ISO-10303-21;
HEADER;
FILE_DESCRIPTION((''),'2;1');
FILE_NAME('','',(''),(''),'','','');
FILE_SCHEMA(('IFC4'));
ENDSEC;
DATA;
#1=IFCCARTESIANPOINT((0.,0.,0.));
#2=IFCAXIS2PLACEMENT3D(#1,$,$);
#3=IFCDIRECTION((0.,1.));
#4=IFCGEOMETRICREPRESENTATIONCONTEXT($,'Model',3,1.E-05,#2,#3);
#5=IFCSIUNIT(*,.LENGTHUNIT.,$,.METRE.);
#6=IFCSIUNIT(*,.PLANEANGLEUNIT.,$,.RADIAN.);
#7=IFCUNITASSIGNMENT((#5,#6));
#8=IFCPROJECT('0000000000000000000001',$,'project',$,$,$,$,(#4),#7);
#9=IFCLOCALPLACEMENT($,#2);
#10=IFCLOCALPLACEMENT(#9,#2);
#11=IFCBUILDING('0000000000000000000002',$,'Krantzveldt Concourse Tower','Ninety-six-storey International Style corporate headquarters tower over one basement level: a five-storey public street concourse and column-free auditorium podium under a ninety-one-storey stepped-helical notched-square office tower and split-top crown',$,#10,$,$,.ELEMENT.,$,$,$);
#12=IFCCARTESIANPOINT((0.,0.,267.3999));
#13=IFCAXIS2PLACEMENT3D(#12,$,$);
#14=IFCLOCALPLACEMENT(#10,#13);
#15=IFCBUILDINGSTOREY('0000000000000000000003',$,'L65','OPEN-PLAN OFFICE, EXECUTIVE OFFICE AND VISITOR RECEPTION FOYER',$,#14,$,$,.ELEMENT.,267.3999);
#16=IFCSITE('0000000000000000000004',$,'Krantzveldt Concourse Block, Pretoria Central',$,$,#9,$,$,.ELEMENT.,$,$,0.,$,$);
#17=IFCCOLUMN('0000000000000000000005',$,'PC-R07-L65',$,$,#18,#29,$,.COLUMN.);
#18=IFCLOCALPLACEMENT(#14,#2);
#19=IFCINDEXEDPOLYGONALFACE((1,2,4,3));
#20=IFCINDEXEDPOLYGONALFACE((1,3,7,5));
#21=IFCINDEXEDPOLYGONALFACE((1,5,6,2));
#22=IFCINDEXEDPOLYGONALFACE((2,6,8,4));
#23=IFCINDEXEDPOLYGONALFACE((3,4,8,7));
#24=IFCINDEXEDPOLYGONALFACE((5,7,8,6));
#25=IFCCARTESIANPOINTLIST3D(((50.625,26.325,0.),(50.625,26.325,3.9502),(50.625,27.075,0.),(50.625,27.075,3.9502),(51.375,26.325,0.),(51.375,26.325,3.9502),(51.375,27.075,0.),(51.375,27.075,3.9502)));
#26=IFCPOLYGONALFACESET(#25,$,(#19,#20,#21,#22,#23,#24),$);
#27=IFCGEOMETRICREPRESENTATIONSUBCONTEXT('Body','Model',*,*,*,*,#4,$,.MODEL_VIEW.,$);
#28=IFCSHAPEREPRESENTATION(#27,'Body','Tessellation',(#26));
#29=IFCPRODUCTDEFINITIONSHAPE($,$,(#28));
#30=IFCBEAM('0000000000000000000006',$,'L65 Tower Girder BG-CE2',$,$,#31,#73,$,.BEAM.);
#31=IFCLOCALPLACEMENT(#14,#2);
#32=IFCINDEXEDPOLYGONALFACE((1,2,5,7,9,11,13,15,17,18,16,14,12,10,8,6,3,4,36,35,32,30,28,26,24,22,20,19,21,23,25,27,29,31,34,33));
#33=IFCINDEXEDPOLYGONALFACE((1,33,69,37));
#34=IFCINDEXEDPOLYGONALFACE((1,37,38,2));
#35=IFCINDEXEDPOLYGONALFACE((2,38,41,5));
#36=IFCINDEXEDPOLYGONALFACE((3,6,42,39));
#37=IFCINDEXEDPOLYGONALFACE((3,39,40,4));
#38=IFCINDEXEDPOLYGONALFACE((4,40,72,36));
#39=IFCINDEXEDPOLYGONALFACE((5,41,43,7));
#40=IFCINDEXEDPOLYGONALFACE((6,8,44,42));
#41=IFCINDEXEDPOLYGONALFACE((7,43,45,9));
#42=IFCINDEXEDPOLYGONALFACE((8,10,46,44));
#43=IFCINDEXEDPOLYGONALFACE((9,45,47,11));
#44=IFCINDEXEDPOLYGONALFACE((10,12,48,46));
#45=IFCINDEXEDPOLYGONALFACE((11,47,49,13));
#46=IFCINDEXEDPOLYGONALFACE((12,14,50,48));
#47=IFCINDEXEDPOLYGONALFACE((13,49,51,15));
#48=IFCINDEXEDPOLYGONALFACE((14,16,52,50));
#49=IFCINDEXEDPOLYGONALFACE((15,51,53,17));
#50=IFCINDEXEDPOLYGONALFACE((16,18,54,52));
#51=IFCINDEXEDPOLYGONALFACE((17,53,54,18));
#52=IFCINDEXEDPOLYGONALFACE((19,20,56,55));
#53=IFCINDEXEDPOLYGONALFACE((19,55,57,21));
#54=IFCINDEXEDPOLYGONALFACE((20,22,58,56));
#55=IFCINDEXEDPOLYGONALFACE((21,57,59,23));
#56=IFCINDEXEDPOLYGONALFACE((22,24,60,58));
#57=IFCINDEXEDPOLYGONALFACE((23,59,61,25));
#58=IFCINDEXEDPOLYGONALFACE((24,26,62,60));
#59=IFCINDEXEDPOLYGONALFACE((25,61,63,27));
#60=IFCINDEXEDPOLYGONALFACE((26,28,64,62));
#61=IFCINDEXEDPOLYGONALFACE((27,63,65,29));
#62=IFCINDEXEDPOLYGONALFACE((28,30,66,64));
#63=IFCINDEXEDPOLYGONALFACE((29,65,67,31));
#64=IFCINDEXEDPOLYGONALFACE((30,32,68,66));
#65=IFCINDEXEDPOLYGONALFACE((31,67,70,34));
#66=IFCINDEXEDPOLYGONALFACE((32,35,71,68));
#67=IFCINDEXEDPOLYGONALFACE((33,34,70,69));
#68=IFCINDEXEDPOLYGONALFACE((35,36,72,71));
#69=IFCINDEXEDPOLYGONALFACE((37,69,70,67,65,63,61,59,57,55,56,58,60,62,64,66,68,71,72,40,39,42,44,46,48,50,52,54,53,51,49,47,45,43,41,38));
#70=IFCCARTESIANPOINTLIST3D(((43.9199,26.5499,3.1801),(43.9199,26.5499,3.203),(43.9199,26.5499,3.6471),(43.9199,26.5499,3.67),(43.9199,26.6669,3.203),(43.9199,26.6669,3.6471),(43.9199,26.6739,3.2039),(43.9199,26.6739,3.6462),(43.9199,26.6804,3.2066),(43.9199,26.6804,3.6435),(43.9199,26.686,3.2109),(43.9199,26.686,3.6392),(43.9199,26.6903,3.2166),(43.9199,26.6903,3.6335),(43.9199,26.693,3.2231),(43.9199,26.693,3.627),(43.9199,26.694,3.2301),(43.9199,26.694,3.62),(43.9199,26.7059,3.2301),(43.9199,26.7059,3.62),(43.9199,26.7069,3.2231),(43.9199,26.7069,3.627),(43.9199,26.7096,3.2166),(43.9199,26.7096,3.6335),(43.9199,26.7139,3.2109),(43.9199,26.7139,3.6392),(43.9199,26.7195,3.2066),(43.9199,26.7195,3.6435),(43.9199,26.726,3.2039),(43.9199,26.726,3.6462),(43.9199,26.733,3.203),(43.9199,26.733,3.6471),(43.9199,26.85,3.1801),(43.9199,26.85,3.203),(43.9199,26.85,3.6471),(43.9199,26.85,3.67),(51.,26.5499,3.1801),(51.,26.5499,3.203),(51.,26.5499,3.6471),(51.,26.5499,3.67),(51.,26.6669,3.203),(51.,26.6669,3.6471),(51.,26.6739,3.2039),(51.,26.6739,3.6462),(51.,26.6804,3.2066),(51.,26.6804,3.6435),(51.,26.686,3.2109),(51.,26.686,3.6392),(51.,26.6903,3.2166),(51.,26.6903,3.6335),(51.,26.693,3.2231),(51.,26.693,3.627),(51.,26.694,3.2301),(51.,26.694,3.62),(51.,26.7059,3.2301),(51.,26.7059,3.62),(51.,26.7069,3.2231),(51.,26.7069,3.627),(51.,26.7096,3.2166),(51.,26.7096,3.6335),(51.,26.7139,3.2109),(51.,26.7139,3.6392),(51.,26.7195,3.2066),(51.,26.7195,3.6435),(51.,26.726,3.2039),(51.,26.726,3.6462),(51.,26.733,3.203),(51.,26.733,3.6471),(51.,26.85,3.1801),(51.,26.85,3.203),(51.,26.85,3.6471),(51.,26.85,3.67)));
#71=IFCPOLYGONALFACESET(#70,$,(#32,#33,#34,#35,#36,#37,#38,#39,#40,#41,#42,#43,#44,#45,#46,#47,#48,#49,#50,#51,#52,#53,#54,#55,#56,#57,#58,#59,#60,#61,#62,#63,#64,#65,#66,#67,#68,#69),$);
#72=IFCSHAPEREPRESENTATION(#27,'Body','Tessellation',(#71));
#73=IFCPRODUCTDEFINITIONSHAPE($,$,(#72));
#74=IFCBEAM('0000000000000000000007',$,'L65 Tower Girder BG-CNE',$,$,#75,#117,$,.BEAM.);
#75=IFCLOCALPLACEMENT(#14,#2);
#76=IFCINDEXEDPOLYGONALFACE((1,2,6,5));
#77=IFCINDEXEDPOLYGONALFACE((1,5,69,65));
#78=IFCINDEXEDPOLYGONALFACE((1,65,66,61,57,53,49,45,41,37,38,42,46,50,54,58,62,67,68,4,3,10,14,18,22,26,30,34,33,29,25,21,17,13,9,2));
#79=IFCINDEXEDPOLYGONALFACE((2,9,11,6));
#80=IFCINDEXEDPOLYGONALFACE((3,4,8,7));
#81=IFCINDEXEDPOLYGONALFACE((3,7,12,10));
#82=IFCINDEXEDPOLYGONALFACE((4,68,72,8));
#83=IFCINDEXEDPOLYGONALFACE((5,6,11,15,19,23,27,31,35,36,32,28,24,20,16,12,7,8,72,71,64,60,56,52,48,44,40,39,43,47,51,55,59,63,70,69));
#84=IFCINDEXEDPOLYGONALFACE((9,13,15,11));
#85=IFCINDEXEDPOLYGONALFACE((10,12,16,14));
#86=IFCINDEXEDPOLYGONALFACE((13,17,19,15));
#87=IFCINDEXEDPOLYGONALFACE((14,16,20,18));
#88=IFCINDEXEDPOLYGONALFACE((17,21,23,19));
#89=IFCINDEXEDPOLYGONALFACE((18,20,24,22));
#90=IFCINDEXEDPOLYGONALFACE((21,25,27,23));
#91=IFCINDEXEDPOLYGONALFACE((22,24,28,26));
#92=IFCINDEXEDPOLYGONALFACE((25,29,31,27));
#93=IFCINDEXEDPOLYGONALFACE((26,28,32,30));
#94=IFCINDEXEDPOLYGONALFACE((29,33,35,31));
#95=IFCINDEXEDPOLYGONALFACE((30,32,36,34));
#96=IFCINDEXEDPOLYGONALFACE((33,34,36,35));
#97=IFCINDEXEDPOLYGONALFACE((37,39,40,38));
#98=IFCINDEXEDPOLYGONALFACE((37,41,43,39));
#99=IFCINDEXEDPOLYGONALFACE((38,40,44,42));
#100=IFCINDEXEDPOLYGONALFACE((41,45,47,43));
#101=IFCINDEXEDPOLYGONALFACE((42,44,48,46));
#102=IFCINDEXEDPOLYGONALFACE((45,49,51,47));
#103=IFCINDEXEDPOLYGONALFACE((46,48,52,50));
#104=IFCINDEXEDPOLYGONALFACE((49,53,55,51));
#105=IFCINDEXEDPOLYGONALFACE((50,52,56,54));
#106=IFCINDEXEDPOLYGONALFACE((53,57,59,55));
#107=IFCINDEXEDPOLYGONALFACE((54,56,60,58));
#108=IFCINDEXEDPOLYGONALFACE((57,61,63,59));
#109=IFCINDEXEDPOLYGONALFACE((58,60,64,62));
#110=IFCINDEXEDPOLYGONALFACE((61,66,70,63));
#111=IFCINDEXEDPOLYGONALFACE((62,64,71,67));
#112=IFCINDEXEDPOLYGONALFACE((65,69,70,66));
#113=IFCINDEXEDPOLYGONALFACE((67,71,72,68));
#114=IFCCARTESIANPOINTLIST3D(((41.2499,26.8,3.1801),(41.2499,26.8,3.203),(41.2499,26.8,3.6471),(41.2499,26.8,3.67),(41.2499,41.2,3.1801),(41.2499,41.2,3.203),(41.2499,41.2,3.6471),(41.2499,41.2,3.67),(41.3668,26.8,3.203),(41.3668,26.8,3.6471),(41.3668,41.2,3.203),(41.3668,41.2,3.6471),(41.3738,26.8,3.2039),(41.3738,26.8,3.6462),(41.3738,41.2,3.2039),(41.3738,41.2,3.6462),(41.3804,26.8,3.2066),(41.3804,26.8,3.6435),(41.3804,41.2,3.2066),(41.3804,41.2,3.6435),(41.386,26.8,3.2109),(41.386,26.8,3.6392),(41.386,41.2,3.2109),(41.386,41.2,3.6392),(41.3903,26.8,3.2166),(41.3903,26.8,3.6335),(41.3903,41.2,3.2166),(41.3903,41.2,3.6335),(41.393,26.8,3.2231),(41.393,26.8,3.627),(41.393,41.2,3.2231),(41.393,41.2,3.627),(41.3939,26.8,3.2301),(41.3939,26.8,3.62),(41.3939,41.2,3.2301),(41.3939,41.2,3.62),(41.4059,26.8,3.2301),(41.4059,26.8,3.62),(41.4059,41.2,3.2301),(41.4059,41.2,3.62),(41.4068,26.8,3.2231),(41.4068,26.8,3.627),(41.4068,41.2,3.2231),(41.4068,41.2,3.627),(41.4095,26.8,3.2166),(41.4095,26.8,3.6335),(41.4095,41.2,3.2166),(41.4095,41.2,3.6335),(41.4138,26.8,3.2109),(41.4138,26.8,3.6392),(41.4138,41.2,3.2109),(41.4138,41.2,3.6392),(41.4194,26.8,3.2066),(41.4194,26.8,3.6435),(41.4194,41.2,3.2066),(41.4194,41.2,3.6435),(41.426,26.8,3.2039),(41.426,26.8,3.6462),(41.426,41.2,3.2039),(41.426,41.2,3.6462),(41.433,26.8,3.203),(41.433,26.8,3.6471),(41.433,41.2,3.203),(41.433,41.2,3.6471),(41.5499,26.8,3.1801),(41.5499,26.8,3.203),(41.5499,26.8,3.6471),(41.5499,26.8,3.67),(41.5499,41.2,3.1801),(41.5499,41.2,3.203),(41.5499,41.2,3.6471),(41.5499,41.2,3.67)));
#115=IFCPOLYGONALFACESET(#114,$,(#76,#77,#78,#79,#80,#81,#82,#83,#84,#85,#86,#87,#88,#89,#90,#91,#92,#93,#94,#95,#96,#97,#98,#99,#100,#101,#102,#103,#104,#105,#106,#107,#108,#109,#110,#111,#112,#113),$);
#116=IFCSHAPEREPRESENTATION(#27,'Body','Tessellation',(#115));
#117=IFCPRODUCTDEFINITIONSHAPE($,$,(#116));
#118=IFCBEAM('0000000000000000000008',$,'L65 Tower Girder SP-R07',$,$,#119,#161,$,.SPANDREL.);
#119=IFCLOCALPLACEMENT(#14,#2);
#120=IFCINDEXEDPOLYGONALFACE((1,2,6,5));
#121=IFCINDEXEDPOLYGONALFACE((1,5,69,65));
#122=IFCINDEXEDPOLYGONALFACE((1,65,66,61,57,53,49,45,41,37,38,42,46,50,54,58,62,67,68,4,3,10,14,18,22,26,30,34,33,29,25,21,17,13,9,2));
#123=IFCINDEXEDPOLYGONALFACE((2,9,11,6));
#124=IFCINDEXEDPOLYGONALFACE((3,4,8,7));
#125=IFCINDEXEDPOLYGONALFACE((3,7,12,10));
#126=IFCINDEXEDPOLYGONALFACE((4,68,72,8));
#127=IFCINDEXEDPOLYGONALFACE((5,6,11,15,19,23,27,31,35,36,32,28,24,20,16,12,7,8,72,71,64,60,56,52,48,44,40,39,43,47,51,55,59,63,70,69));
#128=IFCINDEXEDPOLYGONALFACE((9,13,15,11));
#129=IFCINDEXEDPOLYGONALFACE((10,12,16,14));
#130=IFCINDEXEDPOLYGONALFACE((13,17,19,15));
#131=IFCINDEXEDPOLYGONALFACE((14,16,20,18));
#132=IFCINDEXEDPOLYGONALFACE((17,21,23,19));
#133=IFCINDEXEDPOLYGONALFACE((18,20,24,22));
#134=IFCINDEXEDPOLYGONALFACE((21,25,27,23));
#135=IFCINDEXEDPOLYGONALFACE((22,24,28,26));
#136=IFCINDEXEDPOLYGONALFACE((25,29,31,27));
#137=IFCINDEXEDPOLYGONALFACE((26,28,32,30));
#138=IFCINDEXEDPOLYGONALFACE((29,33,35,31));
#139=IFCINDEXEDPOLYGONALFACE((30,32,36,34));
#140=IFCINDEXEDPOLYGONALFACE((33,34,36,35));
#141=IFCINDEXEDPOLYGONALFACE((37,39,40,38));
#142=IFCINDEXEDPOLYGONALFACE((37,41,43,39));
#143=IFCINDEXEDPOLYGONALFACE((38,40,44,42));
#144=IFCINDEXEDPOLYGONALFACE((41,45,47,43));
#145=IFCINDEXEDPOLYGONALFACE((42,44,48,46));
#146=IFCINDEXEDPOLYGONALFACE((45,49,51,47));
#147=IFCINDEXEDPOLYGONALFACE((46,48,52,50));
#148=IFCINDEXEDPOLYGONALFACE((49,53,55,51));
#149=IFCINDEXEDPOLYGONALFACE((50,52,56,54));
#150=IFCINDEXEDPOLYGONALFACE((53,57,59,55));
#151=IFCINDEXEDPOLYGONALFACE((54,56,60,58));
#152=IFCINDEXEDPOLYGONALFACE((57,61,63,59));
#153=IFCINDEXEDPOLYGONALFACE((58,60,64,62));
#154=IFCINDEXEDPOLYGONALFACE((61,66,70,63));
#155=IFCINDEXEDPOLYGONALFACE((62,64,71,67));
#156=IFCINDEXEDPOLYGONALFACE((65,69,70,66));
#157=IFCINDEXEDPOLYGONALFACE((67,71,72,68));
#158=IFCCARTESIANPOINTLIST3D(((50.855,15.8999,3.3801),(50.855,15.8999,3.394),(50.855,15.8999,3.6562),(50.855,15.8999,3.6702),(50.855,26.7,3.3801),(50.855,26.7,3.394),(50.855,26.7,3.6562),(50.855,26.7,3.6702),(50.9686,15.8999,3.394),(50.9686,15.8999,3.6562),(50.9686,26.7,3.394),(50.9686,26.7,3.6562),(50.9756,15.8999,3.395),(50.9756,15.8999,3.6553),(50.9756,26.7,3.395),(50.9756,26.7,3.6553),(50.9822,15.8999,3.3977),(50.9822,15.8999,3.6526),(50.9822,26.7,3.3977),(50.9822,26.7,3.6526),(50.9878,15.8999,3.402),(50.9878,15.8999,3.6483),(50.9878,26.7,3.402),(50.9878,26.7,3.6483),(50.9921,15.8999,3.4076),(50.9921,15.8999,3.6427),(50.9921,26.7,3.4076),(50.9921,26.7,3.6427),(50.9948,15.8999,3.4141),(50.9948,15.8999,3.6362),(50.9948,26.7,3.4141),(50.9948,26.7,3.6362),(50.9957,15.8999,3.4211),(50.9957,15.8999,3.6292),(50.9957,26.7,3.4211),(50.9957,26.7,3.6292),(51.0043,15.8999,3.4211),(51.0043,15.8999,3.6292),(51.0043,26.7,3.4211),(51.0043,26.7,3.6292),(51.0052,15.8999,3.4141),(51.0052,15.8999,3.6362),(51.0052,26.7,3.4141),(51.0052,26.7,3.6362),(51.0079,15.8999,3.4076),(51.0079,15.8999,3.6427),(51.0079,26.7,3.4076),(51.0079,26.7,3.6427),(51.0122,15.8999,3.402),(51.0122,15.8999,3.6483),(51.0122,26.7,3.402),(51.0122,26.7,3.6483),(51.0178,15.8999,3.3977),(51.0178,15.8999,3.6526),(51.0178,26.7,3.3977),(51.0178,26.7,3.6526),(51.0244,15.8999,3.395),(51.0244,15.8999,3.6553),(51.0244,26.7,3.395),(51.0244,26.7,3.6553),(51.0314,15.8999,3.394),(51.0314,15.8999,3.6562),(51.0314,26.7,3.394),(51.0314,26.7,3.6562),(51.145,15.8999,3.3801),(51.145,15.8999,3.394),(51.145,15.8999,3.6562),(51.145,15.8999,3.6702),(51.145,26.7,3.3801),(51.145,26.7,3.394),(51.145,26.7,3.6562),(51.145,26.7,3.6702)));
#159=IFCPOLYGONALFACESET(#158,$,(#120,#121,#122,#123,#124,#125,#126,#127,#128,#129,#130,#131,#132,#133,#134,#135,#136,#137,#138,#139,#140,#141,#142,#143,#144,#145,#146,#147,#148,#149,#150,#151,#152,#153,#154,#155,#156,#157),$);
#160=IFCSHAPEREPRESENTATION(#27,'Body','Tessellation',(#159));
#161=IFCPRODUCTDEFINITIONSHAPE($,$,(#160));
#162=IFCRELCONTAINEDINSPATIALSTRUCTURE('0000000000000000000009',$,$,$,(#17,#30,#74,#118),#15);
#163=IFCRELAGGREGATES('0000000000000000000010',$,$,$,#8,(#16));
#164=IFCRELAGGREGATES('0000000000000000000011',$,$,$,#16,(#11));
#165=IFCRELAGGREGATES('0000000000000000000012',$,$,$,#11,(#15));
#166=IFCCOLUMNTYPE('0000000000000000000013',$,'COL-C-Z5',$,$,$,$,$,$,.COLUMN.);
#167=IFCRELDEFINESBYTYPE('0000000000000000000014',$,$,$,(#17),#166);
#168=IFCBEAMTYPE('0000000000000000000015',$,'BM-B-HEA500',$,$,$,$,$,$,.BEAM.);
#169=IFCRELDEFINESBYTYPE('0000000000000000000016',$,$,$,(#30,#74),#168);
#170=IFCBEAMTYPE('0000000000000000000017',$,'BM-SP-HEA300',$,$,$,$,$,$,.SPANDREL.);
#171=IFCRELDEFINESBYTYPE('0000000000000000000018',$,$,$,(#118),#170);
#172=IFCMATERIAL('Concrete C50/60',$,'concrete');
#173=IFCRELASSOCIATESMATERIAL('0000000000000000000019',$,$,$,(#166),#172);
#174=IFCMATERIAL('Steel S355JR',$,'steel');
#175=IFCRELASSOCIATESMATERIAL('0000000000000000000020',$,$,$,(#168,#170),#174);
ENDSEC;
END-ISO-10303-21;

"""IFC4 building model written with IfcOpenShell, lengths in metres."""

from ifc_helpers import new_model, si_unit, direction, frame, origin, origin_2d, place, context, subcontext, project, spatial, rectangle, i_section, extrude, source, transform, mapped, material, material_profile, profile_set, type_object, type_shapes, element, save


model = new_model("IFC4")

# Units and contexts
model_context = context("Model", 3, precision=1e-05, world=origin(), true_north=direction((0.0, 1.0)))
body_context = subcontext(model_context, "Body", "Model", "MODEL_VIEW")
ifc_project = project(units=[si_unit("LENGTHUNIT", "METRE"), si_unit("PLANEANGLEUNIT", "RADIAN")], contexts=[model_context])

# Site, building, storey
site_placement = place(None, origin())
site = spatial("IfcSite", under=ifc_project, at=site_placement, Name="Krantzveldt Concourse Block, Pretoria Central", CompositionType="ELEMENT", RefElevation=0.0)
building_placement = place(site_placement, origin())
building = spatial("IfcBuilding", under=site, at=building_placement, Name="Krantzveldt Concourse Tower", Description="Ninety-six-storey International Style corporate headquarters tower over one basement level: a five-storey public street concourse and column-free auditorium podium under a ninety-one-storey stepped-helical notched-square office tower and split-top crown", CompositionType="ELEMENT")
storey_placement = place(building_placement, frame((0.0, 0.0, 267.3999)))
storey = spatial("IfcBuildingStorey", under=building, at=storey_placement, Name="L65", Description="OPEN-PLAN OFFICE, EXECUTIVE OFFICE AND VISITOR RECEPTION FOYER", CompositionType="ELEMENT", Elevation=267.3999)

# Column
ifc_material_1 = material(Name="Concrete C50/60", Category="concrete")
ifc_material_profile_1 = material_profile(ifc_material_1, rectangle(XDim=0.75, YDim=0.75, at=origin_2d()), Name="Concrete C50/60", Category="concrete")
ifc_profile_set_1 = profile_set([ifc_material_profile_1], Name="Concrete C50/60 - RC 750x750")
column_type = type_object("IfcColumnType", Name="COL-C-Z5", PredefinedType="COLUMN", material=ifc_profile_set_1)
shared_shape_1 = source(origin(), body_context, "Body", "SweptSolid", [
    extrude(rectangle(XDim=0.75, YDim=0.75, at=origin_2d()), origin(), (0.0, 0.0, 1.0), 3.9502),
])
type_shapes(column_type, [shared_shape_1])
column_placement = place(storey_placement, frame((51.0, 26.7, 0.0), z_axis=(0.0, 0.0, 1.0), x_axis=(1.0, 0.0, 0.0)))
element("IfcColumn", 1, at=column_placement, inside=storey, type_object=column_type, Name="PC-R07-L65", PredefinedType="COLUMN", context=body_context, shape_type="MappedRepresentation", body=[
    mapped(shared_shape_1, transform((0.0, 0.0, 0.0), x_axis=(1.0, 0.0, 0.0), y_axis=(0.0, 1.0, 0.0), z_axis=(0.0, 0.0, 1.0), scale=1.0)),
])

# Beams
ifc_material_2 = material(Name="Steel S355JR", Category="steel")
ifc_material_profile_2 = material_profile(ifc_material_2, i_section(OverallWidth=0.3, OverallDepth=0.49, WebThickness=0.012, FlangeThickness=0.0229, FilletRadius=0.0271, at=origin_2d()), Name="Steel S355JR", Category="steel")
ifc_profile_set_2 = profile_set([ifc_material_profile_2], Name="Steel S355JR - HEA 500")
beam_type_1 = type_object("IfcBeamType", Name="BM-B-HEA500", PredefinedType="BEAM", material=ifc_profile_set_2)
shared_shape_2 = source(origin(), body_context, "Body", "SweptSolid", [
    extrude(i_section(OverallWidth=0.3, OverallDepth=0.49, WebThickness=0.012, FlangeThickness=0.0229, FilletRadius=0.0271, at=origin_2d()), origin(), (0.0, 0.0, 1.0), 7.0801),
])
beam_1_placement = place(storey_placement, frame((43.9199, 26.7, 3.425), z_axis=(1.0, 0.0, 0.0), x_axis=(0.0, 1.0, 0.0)))
element("IfcBeam", 2, at=beam_1_placement, inside=storey, type_object=beam_type_1, Name="L65 Tower Girder BG-CE2", PredefinedType="BEAM", context=body_context, shape_type="MappedRepresentation", body=[
    mapped(shared_shape_2, transform((0.0, 0.0, 0.0), x_axis=(1.0, 0.0, 0.0), y_axis=(0.0, 1.0, 0.0), z_axis=(0.0, 0.0, 1.0), scale=1.0)),
])
shared_shape_3 = source(origin(), body_context, "Body", "SweptSolid", [
    extrude(i_section(OverallWidth=0.3, OverallDepth=0.49, WebThickness=0.012, FlangeThickness=0.0229, FilletRadius=0.0271, at=origin_2d()), origin(), (0.0, 0.0, 1.0), 14.3999),
])
type_shapes(beam_type_1, [shared_shape_2, shared_shape_3])
beam_2_placement = place(storey_placement, frame((41.3999, 26.8, 3.425), z_axis=(0.0, 1.0, 0.0), x_axis=(-1.0, 0.0, 0.0)))
element("IfcBeam", 3, at=beam_2_placement, inside=storey, type_object=beam_type_1, Name="L65 Tower Girder BG-CNE", PredefinedType="BEAM", context=body_context, shape_type="MappedRepresentation", body=[
    mapped(shared_shape_3, transform((0.0, 0.0, 0.0), x_axis=(1.0, 0.0, 0.0), y_axis=(0.0, 1.0, 0.0), z_axis=(0.0, 0.0, 1.0), scale=1.0)),
])
ifc_material_profile_3 = material_profile(ifc_material_2, i_section(OverallWidth=0.29, OverallDepth=0.29, WebThickness=0.0085, FlangeThickness=0.0139, FilletRadius=0.0271, at=origin_2d()), Name="Steel S355JR", Category="steel")
ifc_profile_set_3 = profile_set([ifc_material_profile_3], Name="Steel S355JR - HEA 300")
beam_type_2 = type_object("IfcBeamType", Name="BM-SP-HEA300", PredefinedType="SPANDREL", material=ifc_profile_set_3)
shared_shape_4 = source(origin(), body_context, "Body", "SweptSolid", [
    extrude(i_section(OverallWidth=0.29, OverallDepth=0.29, WebThickness=0.0085, FlangeThickness=0.0139, FilletRadius=0.0271, at=origin_2d()), origin(), (0.0, 0.0, 1.0), 10.8),
])
type_shapes(beam_type_2, [shared_shape_4])
beam_3_placement = place(storey_placement, frame((51.0, 26.7, 3.5251), z_axis=(0.0, -1.0, 0.0), x_axis=(1.0, 0.0, 0.0)))
element("IfcBeam", 4, at=beam_3_placement, inside=storey, type_object=beam_type_2, Name="L65 Tower Girder SP-R07", PredefinedType="SPANDREL", context=body_context, shape_type="MappedRepresentation", body=[
    mapped(shared_shape_4, transform((0.0, 0.0, 0.0), x_axis=(1.0, 0.0, 0.0), y_axis=(0.0, 1.0, 0.0), z_axis=(0.0, 0.0, 1.0), scale=1.0)),
])

save(model, "model.ifc")
